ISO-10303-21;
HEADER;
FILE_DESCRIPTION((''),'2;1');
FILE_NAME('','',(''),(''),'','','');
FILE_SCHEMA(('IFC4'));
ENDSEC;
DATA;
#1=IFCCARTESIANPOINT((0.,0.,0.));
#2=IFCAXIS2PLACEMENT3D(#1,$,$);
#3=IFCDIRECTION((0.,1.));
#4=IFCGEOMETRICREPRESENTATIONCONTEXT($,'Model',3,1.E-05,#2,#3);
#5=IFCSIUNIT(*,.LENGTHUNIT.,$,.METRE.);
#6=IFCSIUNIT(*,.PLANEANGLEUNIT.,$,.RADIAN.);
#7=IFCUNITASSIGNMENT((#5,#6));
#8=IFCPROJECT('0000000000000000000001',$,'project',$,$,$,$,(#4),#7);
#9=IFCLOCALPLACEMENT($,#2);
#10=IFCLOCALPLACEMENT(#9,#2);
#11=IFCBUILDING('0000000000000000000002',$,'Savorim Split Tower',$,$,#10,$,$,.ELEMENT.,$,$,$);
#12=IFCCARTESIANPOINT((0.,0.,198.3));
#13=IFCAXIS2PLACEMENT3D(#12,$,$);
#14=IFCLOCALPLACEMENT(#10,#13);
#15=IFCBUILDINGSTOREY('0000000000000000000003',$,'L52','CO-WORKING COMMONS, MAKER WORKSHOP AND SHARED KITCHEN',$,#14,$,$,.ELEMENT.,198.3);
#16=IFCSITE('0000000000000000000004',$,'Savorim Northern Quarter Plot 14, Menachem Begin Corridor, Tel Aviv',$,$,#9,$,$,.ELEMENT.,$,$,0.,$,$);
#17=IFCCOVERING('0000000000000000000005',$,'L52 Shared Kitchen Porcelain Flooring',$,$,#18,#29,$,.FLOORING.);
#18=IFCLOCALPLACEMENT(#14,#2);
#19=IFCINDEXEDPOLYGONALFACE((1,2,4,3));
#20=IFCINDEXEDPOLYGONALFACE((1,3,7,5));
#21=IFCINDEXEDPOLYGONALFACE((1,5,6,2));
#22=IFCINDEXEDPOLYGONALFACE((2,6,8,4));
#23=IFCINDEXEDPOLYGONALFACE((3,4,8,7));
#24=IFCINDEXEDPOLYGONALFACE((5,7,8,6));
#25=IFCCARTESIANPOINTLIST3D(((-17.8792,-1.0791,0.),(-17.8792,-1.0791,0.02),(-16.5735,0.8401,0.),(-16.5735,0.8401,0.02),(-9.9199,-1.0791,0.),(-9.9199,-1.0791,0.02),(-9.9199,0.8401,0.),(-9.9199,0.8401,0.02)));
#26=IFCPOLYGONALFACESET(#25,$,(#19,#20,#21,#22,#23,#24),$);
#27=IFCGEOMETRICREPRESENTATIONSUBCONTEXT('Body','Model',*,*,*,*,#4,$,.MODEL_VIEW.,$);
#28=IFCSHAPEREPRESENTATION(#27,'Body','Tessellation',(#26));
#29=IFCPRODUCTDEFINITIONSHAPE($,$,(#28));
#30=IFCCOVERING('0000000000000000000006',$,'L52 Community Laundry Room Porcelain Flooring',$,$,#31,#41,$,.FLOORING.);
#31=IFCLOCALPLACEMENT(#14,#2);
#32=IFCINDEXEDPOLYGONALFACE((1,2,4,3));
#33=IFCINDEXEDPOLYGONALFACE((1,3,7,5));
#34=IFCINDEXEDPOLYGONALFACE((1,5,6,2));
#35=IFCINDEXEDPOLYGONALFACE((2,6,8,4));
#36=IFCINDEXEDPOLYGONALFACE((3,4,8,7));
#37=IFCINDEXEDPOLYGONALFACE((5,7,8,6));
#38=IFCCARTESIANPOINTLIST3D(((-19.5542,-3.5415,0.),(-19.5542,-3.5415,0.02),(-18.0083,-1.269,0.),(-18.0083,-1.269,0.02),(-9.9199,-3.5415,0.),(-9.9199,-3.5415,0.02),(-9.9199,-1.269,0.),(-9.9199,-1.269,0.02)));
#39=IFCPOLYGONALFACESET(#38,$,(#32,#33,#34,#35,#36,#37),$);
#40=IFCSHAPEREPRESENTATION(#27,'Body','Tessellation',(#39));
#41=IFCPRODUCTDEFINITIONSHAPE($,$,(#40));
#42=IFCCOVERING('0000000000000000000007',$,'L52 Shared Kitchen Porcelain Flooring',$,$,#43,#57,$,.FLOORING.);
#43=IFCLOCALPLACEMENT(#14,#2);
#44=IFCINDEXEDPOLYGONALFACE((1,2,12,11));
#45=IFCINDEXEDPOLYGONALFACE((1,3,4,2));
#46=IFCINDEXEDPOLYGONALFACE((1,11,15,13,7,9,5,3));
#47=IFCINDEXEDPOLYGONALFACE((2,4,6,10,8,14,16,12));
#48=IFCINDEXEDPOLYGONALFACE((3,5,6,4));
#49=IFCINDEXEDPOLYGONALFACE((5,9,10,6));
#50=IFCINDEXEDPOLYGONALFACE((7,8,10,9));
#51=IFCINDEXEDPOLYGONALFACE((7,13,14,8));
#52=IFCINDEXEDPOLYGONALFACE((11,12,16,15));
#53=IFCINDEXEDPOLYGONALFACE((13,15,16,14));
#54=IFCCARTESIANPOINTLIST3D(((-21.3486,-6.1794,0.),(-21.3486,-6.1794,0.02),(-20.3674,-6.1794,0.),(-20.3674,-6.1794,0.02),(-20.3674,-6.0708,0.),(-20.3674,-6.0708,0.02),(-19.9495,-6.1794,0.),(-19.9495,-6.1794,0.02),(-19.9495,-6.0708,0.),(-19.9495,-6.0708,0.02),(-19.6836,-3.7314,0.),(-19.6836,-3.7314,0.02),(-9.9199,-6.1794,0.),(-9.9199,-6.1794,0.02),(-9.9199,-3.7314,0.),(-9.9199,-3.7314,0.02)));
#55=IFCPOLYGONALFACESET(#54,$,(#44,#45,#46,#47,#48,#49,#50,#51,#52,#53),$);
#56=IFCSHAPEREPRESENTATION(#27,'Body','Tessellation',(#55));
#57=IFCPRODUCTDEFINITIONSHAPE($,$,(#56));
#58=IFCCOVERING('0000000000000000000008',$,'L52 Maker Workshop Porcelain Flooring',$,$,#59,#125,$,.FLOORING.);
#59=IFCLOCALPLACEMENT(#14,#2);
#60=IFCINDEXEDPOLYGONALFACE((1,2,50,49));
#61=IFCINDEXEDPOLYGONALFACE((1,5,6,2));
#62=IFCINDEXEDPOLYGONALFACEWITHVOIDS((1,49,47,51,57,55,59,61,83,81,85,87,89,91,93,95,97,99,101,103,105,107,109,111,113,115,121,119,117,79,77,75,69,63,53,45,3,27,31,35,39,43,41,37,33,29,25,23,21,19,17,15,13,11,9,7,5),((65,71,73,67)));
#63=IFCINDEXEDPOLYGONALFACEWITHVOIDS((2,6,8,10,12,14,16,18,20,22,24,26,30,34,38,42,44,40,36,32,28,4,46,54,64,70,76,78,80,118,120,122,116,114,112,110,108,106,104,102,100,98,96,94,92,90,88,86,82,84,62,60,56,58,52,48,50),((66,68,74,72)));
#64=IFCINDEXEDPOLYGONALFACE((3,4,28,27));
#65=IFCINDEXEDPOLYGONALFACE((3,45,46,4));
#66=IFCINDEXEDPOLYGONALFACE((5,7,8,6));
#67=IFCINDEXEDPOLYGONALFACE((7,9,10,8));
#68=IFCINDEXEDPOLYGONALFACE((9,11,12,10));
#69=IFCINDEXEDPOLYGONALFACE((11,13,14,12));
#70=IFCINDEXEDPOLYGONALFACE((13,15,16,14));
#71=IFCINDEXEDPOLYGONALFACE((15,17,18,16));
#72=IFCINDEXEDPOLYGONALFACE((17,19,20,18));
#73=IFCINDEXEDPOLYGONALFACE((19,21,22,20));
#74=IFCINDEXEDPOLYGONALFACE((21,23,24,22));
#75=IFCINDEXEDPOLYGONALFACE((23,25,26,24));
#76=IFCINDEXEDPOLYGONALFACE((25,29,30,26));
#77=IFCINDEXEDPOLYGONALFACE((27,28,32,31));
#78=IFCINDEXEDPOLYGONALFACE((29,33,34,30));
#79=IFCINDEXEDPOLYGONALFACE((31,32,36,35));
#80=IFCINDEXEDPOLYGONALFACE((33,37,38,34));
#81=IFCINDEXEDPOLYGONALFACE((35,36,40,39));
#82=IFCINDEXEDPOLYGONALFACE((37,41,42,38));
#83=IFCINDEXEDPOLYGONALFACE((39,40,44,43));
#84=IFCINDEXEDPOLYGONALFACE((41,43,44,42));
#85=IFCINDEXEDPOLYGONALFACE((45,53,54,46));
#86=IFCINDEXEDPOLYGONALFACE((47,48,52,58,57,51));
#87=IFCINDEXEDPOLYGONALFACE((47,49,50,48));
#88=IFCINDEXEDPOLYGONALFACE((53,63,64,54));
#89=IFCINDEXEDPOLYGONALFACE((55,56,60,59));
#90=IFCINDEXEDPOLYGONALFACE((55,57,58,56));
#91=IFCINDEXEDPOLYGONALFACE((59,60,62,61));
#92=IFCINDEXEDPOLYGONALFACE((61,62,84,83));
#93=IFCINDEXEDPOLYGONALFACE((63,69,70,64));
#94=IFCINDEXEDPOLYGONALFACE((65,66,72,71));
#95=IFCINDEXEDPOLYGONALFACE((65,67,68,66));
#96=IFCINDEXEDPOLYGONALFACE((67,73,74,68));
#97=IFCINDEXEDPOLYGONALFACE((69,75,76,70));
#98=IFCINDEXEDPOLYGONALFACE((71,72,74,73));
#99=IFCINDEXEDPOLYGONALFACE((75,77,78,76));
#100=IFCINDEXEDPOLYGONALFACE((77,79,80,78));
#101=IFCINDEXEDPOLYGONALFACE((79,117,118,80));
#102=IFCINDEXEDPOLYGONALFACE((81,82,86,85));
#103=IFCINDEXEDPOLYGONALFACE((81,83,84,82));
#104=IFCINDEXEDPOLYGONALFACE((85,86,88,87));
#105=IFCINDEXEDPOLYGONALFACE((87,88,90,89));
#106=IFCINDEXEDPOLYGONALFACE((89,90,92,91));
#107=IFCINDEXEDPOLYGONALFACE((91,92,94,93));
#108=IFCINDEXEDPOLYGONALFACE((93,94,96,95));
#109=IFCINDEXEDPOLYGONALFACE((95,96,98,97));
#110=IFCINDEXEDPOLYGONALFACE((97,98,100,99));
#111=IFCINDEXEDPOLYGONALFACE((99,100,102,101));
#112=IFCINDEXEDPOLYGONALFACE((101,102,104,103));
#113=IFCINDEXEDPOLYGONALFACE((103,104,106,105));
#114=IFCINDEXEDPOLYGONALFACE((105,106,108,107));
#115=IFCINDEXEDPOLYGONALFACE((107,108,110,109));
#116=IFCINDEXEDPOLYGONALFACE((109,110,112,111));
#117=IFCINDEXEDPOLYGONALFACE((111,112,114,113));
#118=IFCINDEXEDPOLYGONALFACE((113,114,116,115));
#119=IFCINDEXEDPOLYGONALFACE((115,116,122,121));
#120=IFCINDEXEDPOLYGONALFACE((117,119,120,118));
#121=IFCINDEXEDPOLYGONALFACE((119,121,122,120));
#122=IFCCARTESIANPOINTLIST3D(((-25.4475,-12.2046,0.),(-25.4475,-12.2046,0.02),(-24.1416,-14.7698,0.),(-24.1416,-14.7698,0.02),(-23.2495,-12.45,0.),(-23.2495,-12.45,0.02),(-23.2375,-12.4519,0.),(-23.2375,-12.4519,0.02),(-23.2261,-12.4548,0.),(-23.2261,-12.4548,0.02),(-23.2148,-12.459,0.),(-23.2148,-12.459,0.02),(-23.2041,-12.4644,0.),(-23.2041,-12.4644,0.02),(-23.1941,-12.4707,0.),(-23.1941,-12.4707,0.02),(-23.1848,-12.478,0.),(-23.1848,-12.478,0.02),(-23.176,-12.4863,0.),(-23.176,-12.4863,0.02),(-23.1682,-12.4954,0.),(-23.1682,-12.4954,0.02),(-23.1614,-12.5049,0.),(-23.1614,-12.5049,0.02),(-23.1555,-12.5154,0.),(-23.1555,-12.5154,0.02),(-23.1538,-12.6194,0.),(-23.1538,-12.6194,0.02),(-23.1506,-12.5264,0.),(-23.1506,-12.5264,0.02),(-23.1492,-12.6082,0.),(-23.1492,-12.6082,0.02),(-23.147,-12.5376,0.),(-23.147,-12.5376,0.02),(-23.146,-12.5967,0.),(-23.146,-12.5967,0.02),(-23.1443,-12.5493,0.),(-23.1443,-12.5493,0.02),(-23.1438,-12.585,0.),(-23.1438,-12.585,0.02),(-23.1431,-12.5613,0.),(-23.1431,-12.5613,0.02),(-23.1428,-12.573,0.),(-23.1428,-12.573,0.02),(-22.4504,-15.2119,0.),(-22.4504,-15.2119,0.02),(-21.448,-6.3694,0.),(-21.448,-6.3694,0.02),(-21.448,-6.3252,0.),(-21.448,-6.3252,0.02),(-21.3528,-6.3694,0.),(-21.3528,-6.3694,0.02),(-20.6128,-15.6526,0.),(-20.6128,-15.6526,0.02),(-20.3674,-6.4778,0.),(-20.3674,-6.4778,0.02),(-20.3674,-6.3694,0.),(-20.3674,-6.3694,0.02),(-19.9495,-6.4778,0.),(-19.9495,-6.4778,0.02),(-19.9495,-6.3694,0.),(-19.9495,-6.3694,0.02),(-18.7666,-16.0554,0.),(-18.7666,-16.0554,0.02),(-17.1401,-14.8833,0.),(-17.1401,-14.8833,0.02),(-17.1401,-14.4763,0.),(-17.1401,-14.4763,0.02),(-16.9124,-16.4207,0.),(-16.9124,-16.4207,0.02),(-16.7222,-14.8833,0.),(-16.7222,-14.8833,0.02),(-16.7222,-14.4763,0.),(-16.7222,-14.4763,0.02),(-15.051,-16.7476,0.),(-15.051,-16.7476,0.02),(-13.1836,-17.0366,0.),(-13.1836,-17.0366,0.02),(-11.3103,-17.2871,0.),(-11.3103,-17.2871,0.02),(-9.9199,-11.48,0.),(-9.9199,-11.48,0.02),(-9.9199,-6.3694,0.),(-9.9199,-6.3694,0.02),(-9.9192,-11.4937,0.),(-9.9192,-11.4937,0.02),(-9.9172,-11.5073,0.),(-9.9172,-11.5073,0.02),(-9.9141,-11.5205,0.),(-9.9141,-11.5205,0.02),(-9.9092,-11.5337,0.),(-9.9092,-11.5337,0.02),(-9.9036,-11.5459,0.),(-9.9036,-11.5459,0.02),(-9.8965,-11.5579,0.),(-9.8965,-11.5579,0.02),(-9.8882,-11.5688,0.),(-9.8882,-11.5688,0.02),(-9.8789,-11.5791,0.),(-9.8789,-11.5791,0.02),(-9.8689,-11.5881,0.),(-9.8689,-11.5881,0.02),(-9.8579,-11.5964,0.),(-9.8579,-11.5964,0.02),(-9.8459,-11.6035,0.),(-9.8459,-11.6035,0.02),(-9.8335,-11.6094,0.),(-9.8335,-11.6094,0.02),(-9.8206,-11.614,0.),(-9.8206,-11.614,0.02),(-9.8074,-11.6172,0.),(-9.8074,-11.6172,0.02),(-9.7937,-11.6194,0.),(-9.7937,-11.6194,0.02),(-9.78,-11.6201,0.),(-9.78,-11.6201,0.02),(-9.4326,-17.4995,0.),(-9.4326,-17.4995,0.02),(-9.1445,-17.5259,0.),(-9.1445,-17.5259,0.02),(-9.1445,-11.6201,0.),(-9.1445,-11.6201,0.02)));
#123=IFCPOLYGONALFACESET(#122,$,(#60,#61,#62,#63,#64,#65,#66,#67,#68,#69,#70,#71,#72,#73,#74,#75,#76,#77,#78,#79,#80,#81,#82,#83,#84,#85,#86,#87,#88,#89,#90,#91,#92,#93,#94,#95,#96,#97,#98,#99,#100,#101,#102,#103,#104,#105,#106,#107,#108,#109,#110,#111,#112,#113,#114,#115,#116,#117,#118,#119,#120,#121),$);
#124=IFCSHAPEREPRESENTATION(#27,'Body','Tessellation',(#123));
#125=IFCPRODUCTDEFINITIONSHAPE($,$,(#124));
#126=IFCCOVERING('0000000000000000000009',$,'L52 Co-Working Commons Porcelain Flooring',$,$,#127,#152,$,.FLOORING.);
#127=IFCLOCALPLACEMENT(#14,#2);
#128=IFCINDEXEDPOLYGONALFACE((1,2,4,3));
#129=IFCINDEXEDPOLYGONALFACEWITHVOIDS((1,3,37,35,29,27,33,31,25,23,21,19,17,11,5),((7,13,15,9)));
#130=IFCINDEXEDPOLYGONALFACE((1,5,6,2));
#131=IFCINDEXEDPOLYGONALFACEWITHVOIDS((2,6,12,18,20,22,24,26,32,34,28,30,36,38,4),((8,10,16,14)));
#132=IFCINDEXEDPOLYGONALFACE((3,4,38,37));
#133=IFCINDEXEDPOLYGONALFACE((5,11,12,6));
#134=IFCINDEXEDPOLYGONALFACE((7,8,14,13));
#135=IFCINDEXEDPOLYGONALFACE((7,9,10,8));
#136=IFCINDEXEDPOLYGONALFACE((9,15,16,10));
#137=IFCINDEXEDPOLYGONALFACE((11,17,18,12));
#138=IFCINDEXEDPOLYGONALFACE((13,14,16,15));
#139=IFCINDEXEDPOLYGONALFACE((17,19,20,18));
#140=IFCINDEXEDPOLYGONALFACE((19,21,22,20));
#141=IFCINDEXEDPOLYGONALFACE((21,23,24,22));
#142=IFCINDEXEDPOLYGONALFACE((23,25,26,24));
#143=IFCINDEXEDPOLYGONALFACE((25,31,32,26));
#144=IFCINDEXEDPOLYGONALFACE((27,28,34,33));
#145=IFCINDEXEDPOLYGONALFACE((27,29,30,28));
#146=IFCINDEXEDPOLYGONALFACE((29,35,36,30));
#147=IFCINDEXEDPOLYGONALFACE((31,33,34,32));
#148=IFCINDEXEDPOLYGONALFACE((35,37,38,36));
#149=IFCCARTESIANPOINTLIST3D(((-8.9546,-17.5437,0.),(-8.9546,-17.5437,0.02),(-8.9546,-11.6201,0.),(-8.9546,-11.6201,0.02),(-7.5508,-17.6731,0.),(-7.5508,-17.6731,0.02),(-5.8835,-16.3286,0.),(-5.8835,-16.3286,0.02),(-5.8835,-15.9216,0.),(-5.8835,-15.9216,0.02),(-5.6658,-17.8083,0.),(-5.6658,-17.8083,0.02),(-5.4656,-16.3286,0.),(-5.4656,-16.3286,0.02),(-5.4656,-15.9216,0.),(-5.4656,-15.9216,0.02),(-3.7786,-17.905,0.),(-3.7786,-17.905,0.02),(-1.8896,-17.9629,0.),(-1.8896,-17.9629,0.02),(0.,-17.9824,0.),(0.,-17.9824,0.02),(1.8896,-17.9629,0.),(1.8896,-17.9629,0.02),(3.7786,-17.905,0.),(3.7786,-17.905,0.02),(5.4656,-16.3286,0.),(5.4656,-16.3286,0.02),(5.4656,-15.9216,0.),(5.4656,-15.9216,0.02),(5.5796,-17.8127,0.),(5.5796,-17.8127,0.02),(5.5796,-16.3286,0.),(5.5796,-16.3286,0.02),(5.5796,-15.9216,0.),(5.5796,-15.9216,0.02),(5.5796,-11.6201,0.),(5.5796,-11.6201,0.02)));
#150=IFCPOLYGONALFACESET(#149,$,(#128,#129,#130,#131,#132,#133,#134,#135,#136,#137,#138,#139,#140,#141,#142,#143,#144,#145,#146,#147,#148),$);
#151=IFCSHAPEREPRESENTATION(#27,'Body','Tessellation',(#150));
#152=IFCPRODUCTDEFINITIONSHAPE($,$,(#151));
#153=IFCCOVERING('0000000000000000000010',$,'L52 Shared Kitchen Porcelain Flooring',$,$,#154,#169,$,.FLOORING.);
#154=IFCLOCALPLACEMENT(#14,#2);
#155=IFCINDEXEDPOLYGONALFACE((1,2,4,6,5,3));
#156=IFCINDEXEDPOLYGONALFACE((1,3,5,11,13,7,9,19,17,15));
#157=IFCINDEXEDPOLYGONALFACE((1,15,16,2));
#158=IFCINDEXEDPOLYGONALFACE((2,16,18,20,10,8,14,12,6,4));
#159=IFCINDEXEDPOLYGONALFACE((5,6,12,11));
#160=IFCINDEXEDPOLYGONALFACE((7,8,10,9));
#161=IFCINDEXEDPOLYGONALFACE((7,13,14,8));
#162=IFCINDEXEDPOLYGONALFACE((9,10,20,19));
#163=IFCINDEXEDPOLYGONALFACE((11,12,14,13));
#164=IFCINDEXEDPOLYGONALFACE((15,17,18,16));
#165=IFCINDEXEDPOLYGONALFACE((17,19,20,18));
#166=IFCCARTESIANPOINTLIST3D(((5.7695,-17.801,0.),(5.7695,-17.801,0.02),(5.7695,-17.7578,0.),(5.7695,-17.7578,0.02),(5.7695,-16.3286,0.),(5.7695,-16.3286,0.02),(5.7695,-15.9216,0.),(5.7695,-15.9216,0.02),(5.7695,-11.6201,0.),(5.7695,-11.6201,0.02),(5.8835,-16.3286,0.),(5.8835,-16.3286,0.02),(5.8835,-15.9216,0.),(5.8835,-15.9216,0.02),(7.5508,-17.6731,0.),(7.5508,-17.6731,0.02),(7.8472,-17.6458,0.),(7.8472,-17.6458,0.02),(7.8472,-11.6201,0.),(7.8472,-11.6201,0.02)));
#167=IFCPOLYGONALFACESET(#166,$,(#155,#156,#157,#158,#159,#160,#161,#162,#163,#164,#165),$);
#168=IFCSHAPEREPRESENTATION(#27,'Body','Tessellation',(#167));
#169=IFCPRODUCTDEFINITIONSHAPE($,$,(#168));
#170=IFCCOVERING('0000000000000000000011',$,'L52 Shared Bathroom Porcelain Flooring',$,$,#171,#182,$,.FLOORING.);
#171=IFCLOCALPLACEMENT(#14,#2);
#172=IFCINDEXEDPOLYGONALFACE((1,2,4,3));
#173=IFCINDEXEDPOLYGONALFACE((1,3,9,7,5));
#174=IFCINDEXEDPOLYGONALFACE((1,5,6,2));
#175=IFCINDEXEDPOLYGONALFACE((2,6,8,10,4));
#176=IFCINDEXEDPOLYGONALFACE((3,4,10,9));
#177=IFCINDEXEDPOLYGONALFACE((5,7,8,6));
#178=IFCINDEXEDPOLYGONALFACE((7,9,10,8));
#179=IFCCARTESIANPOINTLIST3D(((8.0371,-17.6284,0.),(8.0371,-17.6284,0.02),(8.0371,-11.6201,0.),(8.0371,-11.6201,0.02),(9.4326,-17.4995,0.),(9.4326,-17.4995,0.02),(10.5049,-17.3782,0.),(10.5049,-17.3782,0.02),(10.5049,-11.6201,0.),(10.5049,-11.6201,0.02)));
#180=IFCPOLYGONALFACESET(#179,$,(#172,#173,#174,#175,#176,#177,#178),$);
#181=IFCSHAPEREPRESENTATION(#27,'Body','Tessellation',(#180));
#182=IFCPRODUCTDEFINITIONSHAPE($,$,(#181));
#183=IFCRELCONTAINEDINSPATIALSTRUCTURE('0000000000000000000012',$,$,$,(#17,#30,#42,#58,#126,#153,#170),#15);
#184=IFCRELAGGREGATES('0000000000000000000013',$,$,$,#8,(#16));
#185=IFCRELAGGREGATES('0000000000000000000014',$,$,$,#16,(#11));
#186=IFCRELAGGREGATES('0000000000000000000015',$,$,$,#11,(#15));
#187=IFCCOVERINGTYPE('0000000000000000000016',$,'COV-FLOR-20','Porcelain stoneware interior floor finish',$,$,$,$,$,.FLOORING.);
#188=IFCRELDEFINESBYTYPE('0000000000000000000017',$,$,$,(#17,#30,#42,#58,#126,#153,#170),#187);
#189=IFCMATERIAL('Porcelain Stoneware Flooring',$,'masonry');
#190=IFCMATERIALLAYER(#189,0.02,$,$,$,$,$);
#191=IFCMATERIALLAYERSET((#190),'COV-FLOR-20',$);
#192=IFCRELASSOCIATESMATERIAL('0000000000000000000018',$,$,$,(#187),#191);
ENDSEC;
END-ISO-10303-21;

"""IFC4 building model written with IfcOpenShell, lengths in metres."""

from ifc_helpers import new_model, si_unit, direction, frame, origin, place, context, subcontext, project, spatial, polyline, outline, extrude, material, layer, layer_set, type_object, element, save


model = new_model("IFC4")

# Units and contexts
model_context = context("Model", 3, precision=1e-05, world=origin(), true_north=direction((0.0, 1.0)))
body_context = subcontext(model_context, "Body", "Model", "MODEL_VIEW")
ifc_project = project(units=[si_unit("LENGTHUNIT", "METRE"), si_unit("PLANEANGLEUNIT", "RADIAN")], contexts=[model_context])

# Site, building, storey
site_placement = place(None, origin())
site = spatial("IfcSite", under=ifc_project, at=site_placement, Name="Savorim Northern Quarter Plot 14, Menachem Begin Corridor, Tel Aviv", CompositionType="ELEMENT", RefElevation=0.0)
building_placement = place(site_placement, origin())
building = spatial("IfcBuilding", under=site, at=building_placement, Name="Savorim Split Tower", CompositionType="ELEMENT")
storey_placement = place(building_placement, frame((0.0, 0.0, 198.3)))
storey = spatial("IfcBuildingStorey", under=building, at=storey_placement, Name="L52", Description="CO-WORKING COMMONS, MAKER WORKSHOP AND SHARED KITCHEN", CompositionType="ELEMENT", Elevation=198.3)

# Coverings
ifc_material_1 = material(Name="Porcelain Stoneware Flooring", Category="masonry")
ifc_layer_1 = layer(ifc_material_1, 0.02)
ifc_layer_set_1 = layer_set([ifc_layer_1], Name="COV-FLOR-20")
covering_type_1 = type_object("IfcCoveringType", Name="COV-FLOR-20", Description="Porcelain stoneware interior floor finish", PredefinedType="FLOORING", material=ifc_layer_set_1)
covering_1_placement = place(storey_placement, origin())
element("IfcCovering", 1, at=covering_1_placement, inside=storey, type_object=covering_type_1, Name="L52 Shared Kitchen Porcelain Flooring", PredefinedType="FLOORING", context=body_context, shape_type="SweptSolid", body=[
    extrude(outline(polyline([(-16.5735, 0.8401), (-17.8792, -1.0791), (-9.9199, -1.0791), (-9.9199, 0.8401), (-16.5735, 0.8401)])), origin(), (0.0, 0.0, 1.0), 0.02),
])
covering_2_placement = place(storey_placement, origin())
element("IfcCovering", 2, at=covering_2_placement, inside=storey, type_object=covering_type_1, Name="L52 Community Laundry Room Porcelain Flooring", PredefinedType="FLOORING", context=body_context, shape_type="SweptSolid", body=[
    extrude(outline(polyline([(-18.0083, -1.269), (-19.5542, -3.5415), (-9.9199, -3.5415), (-9.9199, -1.269), (-18.0083, -1.269)])), origin(), (0.0, 0.0, 1.0), 0.02),
])
covering_3_placement = place(storey_placement, origin())
element("IfcCovering", 3, at=covering_3_placement, inside=storey, type_object=covering_type_1, Name="L52 Shared Kitchen Porcelain Flooring", PredefinedType="FLOORING", context=body_context, shape_type="SweptSolid", body=[
    extrude(outline(polyline([(-19.9495, -6.0708), (-19.9495, -6.1794), (-9.9199, -6.1794), (-9.9199, -3.7314), (-19.6836, -3.7314), (-21.3486, -6.1794), (-20.3674, -6.1794), (-20.3674, -6.0708), (-19.9495, -6.0708)])), origin(), (0.0, 0.0, 1.0), 0.02),
])
covering_4_placement = place(storey_placement, origin())
element("IfcCovering", 4, at=covering_4_placement, inside=storey, type_object=covering_type_1, Name="L52 Maker Workshop Porcelain Flooring", PredefinedType="FLOORING", context=body_context, shape_type="SweptSolid", body=[
    extrude(outline(polyline([(-23.1428, -12.573), (-23.1438, -12.585), (-23.146, -12.5967), (-23.1492, -12.6082), (-23.1538, -12.6194), (-24.1416, -14.7698), (-22.4504, -15.2119), (-20.6128, -15.6526), (-18.7666, -16.0554), (-16.9124, -16.4207), (-15.051, -16.7476), (-13.1836, -17.0366), (-11.3103, -17.2871), (-9.4326, -17.4995), (-9.1445, -17.5259), (-9.1445, -11.6201), (-9.78, -11.6201), (-9.7937, -11.6194), (-9.8074, -11.6172), (-9.8206, -11.614), (-9.8335, -11.6094), (-9.8459, -11.6035), (-9.8579, -11.5964), (-9.8689, -11.5881), (-9.8789, -11.5791), (-9.8882, -11.5688), (-9.8965, -11.5579), (-9.9036, -11.5459), (-9.9092, -11.5337), (-9.9141, -11.5205), (-9.9172, -11.5073), (-9.9192, -11.4937), (-9.9199, -11.48), (-9.9199, -6.3694), (-19.9495, -6.3694), (-19.9495, -6.4778), (-20.3674, -6.4778), (-20.3674, -6.3694), (-21.3528, -6.3694), (-21.448, -6.3694), (-21.448, -6.3252), (-25.4475, -12.2046), (-23.2495, -12.45), (-23.2375, -12.4519), (-23.2261, -12.4548), (-23.2148, -12.459), (-23.2041, -12.4644), (-23.1941, -12.4707), (-23.1848, -12.478), (-23.176, -12.4863), (-23.1682, -12.4954), (-23.1614, -12.5049), (-23.1555, -12.5154), (-23.1506, -12.5264), (-23.147, -12.5376), (-23.1443, -12.5493), (-23.1431, -12.5613), (-23.1428, -12.573)]), holes=[polyline([(-17.1401, -14.8833), (-16.7222, -14.8833), (-16.7222, -14.4763), (-17.1401, -14.4763), (-17.1401, -14.8833)])]), origin(), (0.0, 0.0, 1.0), 0.02),
])
covering_5_placement = place(storey_placement, origin())
element("IfcCovering", 5, at=covering_5_placement, inside=storey, type_object=covering_type_1, Name="L52 Co-Working Commons Porcelain Flooring", PredefinedType="FLOORING", context=body_context, shape_type="SweptSolid", body=[
    extrude(outline(polyline([(5.4656, -15.9216), (5.5796, -15.9216), (5.5796, -11.6201), (-8.9546, -11.6201), (-8.9546, -17.5437), (-7.5508, -17.6731), (-5.6658, -17.8083), (-3.7786, -17.905), (-1.8896, -17.9629), (0.0, -17.9824), (1.8896, -17.9629), (3.7786, -17.905), (5.5796, -17.8127), (5.5796, -16.3286), (5.4656, -16.3286), (5.4656, -15.9216)]), holes=[polyline([(-5.8835, -16.3286), (-5.4656, -16.3286), (-5.4656, -15.9216), (-5.8835, -15.9216), (-5.8835, -16.3286)])]), origin(), (0.0, 0.0, 1.0), 0.02),
])
covering_6_placement = place(storey_placement, origin())
element("IfcCovering", 6, at=covering_6_placement, inside=storey, type_object=covering_type_1, Name="L52 Shared Kitchen Porcelain Flooring", PredefinedType="FLOORING", context=body_context, shape_type="SweptSolid", body=[
    extrude(outline(polyline([(5.7695, -17.7578), (5.7695, -17.801), (7.5508, -17.6731), (7.8472, -17.6458), (7.8472, -11.6201), (5.7695, -11.6201), (5.7695, -15.9216), (5.8835, -15.9216), (5.8835, -16.3286), (5.7695, -16.3286), (5.7695, -17.7578)])), origin(), (0.0, 0.0, 1.0), 0.02),
])
covering_7_placement = place(storey_placement, origin())
element("IfcCovering", 7, at=covering_7_placement, inside=storey, type_object=covering_type_1, Name="L52 Shared Bathroom Porcelain Flooring", PredefinedType="FLOORING", context=body_context, shape_type="SweptSolid", body=[
    extrude(outline(polyline([(8.0371, -11.6201), (8.0371, -17.6284), (9.4326, -17.4995), (10.5049, -17.3782), (10.5049, -11.6201), (8.0371, -11.6201)])), origin(), (0.0, 0.0, 1.0), 0.02),
])

save(model, "model.ifc")
